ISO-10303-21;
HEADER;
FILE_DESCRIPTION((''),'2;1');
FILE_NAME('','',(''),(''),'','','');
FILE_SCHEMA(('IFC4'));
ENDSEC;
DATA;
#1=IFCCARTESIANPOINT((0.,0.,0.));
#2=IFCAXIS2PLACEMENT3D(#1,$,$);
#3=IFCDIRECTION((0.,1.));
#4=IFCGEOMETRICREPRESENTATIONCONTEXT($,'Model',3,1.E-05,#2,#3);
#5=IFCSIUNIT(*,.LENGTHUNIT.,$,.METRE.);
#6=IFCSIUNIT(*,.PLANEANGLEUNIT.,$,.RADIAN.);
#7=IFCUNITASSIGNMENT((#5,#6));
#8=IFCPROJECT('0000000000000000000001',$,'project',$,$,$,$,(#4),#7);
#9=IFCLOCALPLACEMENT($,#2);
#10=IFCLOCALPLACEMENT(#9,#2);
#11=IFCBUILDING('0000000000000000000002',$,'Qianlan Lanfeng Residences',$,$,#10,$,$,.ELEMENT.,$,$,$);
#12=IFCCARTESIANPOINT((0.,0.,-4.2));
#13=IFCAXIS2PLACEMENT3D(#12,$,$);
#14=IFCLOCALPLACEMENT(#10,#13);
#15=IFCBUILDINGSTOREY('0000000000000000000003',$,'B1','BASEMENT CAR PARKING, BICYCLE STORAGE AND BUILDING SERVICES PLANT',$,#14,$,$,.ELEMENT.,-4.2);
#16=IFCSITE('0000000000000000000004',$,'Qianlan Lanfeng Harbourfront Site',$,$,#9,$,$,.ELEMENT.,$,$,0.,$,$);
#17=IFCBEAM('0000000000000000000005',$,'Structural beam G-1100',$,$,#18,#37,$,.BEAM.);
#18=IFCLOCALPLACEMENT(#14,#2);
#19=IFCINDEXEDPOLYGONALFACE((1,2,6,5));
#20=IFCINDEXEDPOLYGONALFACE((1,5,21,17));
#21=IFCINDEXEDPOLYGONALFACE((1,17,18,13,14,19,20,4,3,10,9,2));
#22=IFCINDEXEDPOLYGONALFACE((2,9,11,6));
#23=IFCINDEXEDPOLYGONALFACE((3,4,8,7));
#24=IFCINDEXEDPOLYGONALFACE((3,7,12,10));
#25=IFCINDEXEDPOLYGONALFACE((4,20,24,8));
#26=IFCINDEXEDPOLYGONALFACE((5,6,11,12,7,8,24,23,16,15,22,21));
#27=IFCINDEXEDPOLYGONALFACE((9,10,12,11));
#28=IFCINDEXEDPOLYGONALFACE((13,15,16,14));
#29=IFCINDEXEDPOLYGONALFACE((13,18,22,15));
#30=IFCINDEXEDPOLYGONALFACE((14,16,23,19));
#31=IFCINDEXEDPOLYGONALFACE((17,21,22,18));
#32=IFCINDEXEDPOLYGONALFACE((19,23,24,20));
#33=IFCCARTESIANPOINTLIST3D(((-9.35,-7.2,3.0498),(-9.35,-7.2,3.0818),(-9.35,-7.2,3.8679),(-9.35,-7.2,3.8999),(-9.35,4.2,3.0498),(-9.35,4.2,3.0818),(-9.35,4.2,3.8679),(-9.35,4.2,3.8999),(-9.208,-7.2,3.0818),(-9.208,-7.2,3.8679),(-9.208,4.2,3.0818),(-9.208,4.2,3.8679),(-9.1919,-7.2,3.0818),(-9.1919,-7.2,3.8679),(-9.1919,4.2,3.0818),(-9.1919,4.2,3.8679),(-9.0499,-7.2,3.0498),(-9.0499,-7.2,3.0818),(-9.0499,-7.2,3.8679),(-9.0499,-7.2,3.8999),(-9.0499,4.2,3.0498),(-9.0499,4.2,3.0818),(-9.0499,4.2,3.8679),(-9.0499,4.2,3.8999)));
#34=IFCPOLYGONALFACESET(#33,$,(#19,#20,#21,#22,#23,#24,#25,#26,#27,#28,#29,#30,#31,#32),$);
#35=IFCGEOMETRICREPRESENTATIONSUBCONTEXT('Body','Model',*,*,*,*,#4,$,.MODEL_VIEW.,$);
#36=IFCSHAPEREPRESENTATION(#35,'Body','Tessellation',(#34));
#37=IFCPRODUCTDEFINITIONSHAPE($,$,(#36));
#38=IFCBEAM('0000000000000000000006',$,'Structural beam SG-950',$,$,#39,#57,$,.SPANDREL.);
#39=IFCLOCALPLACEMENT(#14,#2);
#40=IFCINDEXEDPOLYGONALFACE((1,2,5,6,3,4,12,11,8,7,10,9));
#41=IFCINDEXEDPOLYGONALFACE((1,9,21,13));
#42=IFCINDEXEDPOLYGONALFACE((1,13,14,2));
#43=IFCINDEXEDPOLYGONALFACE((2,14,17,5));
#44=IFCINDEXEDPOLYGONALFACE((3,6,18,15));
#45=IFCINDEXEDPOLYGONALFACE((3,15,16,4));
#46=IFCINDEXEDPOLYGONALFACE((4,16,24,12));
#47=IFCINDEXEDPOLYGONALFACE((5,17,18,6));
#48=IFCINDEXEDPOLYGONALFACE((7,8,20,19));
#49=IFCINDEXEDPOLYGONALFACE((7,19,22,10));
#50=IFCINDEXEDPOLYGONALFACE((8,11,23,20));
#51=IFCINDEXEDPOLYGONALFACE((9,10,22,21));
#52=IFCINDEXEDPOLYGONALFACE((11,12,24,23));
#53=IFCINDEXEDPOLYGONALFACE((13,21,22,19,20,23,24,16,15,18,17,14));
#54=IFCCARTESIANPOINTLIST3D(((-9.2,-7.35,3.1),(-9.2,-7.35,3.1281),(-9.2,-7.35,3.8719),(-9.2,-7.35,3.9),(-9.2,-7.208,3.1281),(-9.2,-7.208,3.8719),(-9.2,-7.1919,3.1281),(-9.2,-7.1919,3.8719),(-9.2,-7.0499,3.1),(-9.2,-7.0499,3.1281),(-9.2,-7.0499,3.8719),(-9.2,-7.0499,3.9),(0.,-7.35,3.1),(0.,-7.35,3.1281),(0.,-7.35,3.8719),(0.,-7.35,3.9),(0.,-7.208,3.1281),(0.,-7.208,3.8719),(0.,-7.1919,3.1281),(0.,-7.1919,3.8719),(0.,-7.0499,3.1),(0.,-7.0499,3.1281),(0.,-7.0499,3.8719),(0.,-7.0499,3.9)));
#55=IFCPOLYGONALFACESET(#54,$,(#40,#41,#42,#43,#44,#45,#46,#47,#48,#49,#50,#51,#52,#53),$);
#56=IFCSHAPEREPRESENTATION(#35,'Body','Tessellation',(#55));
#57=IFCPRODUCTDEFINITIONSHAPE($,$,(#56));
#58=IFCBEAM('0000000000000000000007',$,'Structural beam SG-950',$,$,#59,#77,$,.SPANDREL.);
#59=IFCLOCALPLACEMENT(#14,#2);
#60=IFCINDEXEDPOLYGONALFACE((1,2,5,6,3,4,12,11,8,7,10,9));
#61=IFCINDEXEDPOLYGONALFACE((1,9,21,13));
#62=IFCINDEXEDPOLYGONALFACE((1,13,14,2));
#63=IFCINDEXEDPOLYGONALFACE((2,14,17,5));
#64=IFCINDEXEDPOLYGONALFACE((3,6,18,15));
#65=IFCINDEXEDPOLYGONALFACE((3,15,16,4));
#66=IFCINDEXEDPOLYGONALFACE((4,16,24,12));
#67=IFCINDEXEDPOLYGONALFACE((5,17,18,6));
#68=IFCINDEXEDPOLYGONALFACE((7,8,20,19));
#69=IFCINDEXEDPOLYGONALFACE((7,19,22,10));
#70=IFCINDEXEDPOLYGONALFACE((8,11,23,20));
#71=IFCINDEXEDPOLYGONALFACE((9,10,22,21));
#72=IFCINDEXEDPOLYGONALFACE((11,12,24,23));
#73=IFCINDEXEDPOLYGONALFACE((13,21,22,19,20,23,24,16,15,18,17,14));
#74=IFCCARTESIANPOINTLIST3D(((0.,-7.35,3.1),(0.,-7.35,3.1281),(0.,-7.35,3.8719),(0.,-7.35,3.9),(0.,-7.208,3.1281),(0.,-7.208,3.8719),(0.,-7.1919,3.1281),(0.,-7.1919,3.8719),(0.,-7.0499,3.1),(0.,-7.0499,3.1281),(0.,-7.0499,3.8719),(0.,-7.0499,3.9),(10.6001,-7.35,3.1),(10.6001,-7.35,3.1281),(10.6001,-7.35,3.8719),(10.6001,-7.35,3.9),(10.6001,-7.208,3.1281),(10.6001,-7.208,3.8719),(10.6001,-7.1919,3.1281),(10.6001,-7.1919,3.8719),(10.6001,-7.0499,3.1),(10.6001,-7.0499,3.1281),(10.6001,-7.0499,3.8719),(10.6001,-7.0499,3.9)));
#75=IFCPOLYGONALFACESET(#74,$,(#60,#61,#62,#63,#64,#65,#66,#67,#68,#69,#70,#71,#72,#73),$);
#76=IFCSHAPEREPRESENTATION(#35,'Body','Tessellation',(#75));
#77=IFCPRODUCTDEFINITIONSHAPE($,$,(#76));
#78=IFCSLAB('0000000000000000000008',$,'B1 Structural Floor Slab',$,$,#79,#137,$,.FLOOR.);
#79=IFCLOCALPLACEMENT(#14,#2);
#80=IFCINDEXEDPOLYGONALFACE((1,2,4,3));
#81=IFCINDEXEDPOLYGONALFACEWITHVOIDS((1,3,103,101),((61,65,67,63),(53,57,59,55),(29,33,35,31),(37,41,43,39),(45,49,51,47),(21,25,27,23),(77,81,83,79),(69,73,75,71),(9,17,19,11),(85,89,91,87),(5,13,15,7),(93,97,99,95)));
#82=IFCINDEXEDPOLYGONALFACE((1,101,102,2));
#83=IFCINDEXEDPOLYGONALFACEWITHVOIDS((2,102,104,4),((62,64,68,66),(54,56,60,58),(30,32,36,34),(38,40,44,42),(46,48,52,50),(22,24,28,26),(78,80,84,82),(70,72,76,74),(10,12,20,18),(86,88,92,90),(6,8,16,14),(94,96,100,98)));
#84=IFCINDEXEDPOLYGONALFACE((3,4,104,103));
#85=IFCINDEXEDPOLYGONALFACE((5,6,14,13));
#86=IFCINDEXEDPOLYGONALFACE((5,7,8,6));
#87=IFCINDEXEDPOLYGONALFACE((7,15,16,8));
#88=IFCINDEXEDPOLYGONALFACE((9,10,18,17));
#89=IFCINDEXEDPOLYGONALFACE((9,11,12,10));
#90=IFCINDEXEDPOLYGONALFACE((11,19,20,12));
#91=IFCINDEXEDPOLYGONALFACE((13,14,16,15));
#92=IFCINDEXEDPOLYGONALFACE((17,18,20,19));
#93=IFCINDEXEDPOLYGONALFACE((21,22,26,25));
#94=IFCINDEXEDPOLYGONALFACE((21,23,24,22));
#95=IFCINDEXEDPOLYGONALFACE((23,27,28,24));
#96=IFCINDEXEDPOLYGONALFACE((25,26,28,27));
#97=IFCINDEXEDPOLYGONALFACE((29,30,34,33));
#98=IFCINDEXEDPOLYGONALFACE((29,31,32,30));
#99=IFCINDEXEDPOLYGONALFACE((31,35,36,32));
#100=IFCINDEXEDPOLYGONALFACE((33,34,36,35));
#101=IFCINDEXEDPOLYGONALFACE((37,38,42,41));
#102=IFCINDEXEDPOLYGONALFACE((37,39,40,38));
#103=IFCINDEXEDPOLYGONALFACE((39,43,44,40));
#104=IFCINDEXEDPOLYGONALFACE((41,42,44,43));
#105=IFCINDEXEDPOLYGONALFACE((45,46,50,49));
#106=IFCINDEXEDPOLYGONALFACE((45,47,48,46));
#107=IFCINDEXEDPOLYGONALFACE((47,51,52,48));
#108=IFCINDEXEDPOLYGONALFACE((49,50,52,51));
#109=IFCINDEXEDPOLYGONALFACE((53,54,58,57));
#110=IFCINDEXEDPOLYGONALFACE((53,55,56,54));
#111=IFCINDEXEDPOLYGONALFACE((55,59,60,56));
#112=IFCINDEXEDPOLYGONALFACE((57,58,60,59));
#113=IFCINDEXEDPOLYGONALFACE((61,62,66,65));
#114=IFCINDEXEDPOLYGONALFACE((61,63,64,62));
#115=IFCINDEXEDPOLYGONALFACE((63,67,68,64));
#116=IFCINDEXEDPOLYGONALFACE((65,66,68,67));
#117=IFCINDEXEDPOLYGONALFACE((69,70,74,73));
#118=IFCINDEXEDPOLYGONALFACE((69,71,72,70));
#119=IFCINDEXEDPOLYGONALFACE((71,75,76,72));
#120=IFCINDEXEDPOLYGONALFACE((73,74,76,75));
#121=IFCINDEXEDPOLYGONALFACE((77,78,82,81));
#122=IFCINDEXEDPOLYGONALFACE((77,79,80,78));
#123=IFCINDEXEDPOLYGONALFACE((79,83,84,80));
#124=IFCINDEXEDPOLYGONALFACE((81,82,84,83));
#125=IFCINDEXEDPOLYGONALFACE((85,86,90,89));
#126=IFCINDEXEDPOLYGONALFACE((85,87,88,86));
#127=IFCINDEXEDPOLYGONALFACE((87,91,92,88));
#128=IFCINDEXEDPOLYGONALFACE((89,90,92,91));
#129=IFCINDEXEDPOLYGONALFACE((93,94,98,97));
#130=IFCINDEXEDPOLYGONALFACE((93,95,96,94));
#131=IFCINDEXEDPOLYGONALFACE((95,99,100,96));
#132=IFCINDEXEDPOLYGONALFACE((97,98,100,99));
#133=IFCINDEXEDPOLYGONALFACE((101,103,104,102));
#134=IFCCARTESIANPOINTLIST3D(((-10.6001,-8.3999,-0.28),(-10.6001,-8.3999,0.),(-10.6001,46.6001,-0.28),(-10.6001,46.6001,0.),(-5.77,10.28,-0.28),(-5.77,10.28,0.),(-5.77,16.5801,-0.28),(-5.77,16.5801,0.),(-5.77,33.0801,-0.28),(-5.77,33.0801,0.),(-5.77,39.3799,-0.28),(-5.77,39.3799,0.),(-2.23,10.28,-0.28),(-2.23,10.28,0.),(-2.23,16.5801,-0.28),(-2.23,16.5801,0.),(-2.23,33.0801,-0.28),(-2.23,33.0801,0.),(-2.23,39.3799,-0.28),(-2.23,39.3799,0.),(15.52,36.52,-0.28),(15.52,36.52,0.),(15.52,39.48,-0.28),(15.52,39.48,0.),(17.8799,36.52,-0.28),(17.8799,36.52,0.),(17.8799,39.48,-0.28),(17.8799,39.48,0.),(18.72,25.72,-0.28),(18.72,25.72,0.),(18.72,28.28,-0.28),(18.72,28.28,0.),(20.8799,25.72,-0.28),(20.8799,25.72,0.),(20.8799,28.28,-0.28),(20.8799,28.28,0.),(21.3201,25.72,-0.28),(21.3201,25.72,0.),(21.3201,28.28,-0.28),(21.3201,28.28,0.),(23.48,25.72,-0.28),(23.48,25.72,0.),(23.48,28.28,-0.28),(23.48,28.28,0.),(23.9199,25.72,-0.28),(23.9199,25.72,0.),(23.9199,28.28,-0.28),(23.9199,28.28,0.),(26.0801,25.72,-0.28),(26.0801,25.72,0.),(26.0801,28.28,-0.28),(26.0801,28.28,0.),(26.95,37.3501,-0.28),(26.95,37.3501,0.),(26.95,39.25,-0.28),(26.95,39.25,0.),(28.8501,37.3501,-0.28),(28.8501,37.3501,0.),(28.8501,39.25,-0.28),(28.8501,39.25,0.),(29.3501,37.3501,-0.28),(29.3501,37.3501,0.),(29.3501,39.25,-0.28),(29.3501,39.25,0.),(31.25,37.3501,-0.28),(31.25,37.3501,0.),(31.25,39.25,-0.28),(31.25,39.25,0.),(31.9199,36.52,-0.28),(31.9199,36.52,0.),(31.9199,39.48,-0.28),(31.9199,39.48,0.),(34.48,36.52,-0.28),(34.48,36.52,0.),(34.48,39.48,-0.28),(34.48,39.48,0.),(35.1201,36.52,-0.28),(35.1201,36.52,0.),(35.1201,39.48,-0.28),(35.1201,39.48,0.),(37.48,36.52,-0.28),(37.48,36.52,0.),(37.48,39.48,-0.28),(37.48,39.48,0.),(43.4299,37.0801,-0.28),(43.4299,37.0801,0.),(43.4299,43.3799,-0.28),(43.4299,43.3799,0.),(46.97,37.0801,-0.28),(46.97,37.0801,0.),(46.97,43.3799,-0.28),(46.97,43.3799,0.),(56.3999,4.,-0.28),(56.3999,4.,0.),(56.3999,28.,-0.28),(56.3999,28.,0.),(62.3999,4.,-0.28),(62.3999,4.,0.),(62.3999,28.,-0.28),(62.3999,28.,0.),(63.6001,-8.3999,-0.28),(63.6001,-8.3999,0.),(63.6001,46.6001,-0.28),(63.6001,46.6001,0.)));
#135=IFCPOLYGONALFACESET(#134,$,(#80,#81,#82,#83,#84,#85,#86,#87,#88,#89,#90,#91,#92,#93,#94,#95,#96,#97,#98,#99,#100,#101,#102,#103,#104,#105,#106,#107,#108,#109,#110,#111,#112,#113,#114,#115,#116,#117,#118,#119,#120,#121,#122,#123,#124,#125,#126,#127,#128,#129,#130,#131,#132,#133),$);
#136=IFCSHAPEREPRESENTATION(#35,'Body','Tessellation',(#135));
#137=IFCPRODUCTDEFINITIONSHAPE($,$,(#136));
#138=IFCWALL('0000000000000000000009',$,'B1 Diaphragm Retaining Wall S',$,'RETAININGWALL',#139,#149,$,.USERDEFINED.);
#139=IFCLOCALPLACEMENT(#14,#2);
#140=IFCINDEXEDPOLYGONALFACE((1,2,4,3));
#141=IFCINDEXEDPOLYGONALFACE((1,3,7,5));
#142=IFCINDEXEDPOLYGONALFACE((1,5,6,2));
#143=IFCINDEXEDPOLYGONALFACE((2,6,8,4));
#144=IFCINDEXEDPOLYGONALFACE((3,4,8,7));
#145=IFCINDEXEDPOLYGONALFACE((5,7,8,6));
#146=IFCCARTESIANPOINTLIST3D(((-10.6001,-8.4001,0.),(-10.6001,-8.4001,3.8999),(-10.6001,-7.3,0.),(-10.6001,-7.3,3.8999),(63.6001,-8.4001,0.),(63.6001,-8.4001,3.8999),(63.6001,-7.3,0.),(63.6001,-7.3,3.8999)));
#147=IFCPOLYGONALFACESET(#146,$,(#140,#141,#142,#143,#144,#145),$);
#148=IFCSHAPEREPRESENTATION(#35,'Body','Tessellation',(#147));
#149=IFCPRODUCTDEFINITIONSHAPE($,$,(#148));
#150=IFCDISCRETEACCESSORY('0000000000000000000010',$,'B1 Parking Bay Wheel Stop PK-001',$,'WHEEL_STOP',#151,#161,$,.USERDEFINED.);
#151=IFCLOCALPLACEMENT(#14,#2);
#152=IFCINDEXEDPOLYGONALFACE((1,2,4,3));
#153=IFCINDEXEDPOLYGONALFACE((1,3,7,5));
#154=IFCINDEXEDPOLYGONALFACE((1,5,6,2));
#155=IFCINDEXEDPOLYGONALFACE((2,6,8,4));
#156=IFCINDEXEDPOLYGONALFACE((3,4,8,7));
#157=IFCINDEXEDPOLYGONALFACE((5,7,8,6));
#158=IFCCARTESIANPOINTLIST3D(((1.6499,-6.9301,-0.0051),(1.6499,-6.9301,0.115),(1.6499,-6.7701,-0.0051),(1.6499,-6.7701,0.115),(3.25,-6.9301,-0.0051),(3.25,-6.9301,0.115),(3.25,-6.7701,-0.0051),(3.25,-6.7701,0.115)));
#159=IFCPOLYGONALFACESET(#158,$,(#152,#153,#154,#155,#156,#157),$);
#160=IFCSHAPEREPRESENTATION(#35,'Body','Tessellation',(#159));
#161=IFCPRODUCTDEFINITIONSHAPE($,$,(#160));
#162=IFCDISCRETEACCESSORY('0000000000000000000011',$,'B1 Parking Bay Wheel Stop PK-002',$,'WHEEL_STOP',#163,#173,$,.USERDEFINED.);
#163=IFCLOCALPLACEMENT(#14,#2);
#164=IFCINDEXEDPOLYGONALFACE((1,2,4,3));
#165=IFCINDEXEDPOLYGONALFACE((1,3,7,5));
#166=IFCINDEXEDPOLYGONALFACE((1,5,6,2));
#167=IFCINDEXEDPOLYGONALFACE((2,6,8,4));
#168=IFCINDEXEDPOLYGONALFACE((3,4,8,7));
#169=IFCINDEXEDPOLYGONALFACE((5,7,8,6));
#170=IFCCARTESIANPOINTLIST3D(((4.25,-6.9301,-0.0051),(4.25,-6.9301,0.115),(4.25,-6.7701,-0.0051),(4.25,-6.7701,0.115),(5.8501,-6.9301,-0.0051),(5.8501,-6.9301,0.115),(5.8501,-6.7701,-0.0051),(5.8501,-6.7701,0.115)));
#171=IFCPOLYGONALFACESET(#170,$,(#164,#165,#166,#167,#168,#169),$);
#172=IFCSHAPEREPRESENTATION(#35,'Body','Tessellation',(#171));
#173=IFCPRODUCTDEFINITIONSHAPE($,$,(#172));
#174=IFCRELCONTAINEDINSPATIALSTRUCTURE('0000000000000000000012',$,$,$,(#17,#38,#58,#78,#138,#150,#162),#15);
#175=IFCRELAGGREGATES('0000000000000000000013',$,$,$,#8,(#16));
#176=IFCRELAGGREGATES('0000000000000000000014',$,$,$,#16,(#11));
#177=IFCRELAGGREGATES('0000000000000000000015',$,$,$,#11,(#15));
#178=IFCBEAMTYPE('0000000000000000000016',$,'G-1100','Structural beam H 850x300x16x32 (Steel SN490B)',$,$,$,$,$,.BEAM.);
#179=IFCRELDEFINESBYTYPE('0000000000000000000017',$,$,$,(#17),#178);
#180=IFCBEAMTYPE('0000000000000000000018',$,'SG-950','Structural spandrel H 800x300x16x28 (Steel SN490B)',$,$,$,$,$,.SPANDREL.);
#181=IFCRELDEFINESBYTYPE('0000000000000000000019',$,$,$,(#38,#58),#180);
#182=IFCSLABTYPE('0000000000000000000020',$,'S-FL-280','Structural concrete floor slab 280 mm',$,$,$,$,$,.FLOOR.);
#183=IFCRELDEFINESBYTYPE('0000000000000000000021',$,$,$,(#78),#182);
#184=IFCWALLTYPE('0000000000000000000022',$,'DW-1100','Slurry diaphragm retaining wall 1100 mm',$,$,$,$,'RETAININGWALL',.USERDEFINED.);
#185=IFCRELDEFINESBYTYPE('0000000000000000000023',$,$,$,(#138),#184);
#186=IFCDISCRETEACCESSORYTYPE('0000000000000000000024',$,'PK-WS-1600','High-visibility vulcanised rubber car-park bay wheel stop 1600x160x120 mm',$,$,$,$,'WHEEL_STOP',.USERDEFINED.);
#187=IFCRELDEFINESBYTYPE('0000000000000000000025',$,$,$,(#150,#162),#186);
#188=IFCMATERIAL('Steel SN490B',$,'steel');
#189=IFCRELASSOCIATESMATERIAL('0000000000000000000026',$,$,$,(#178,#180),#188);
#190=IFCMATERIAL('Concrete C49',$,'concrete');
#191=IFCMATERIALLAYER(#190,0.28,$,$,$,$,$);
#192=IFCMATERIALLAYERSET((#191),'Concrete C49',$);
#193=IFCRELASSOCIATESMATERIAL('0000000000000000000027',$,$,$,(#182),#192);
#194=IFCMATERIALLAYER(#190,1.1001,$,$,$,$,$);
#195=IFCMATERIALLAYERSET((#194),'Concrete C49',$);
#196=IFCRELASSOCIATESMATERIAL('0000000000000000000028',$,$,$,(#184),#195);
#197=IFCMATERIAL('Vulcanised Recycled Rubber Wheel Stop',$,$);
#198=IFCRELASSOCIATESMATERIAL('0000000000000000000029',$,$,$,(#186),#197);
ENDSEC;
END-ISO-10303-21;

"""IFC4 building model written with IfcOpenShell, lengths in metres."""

from ifc_helpers import new_model, si_unit, direction, frame, frame_2d, origin, origin_2d, place, context, subcontext, project, spatial, polyline, rectangle, i_section, outline, extrude, source, transform, mapped, material, layer, layer_set, material_profile, profile_set, type_object, element, save


model = new_model("IFC4")

# Units and contexts
model_context = context("Model", 3, precision=1e-05, world=origin(), true_north=direction((0.0, 1.0)))
body_context = subcontext(model_context, "Body", "Model", "MODEL_VIEW")
ifc_project = project(units=[si_unit("LENGTHUNIT", "METRE"), si_unit("PLANEANGLEUNIT", "RADIAN")], contexts=[model_context])

# Site, building, storey
site_placement = place(None, origin())
site = spatial("IfcSite", under=ifc_project, at=site_placement, Name="Qianlan Lanfeng Harbourfront Site", CompositionType="ELEMENT", RefElevation=0.0)
building_placement = place(site_placement, origin())
building = spatial("IfcBuilding", under=site, at=building_placement, Name="Qianlan Lanfeng Residences", CompositionType="ELEMENT")
storey_placement = place(building_placement, frame((0.0, 0.0, -4.2)))
storey = spatial("IfcBuildingStorey", under=building, at=storey_placement, Name="B1", Description="BASEMENT CAR PARKING, BICYCLE STORAGE AND BUILDING SERVICES PLANT", CompositionType="ELEMENT", Elevation=-4.2)

# Shared definitions
ifc_material_1 = material(Name="Concrete C49", Category="concrete")

# Beams
ifc_material_2 = material(Name="Steel SN490B", Category="steel")
ifc_material_profile_1 = material_profile(ifc_material_2, i_section(OverallWidth=0.3, OverallDepth=0.8501, WebThickness=0.0161, FlangeThickness=0.032, at=origin_2d()), Name="H 850x300x16x32")
ifc_profile_set_1 = profile_set([ifc_material_profile_1], Name="Steel SN490B")
beam_type_1 = type_object("IfcBeamType", Name="G-1100", Description="Structural beam H 850x300x16x32 (Steel SN490B)", PredefinedType="BEAM", material=ifc_profile_set_1)
beam_1_placement = place(storey_placement, frame((-9.2, -7.2, 3.4749), z_axis=(0.0, 1.0, 0.0), x_axis=(-1.0, 0.0, 0.0)))
element("IfcBeam", 1, at=beam_1_placement, inside=storey, type_object=beam_type_1, Name="Structural beam G-1100", PredefinedType="BEAM", context=body_context, shape_type="SweptSolid", body=[
    extrude(i_section(OverallWidth=0.3, OverallDepth=0.8501, WebThickness=0.0161, FlangeThickness=0.032, at=origin_2d()), origin(), (0.0, 0.0, 1.0), 11.3999),
])
ifc_material_profile_2 = material_profile(ifc_material_2, i_section(OverallWidth=0.3, OverallDepth=0.8, WebThickness=0.0161, FlangeThickness=0.0281, at=origin_2d()), Name="H 800x300x16x28")
ifc_profile_set_2 = profile_set([ifc_material_profile_2], Name="Steel SN490B")
beam_type_2 = type_object("IfcBeamType", Name="SG-950", Description="Structural spandrel H 800x300x16x28 (Steel SN490B)", PredefinedType="SPANDREL", material=ifc_profile_set_2)
beam_2_placement = place(storey_placement, frame((-9.2, -7.2, 3.5), z_axis=(1.0, 0.0, 0.0), x_axis=(0.0, 1.0, 0.0)))
element("IfcBeam", 2, at=beam_2_placement, inside=storey, type_object=beam_type_2, Name="Structural beam SG-950", PredefinedType="SPANDREL", context=body_context, shape_type="SweptSolid", body=[
    extrude(i_section(OverallWidth=0.3, OverallDepth=0.8, WebThickness=0.0161, FlangeThickness=0.0281, at=origin_2d()), origin(), (0.0, 0.0, 1.0), 9.2),
])
beam_3_placement = place(storey_placement, frame((0.0, -7.2, 3.5), z_axis=(1.0, 0.0, 0.0), x_axis=(0.0, 1.0, 0.0)))
element("IfcBeam", 3, at=beam_3_placement, inside=storey, type_object=beam_type_2, Name="Structural beam SG-950", PredefinedType="SPANDREL", context=body_context, shape_type="SweptSolid", body=[
    extrude(i_section(OverallWidth=0.3, OverallDepth=0.8, WebThickness=0.0161, FlangeThickness=0.0281, at=origin_2d()), origin(), (0.0, 0.0, 1.0), 10.6001),
])

# Slab
ifc_layer_1 = layer(ifc_material_1, 0.28)
ifc_layer_set_1 = layer_set([ifc_layer_1], Name="Concrete C49")
slab_type = type_object("IfcSlabType", Name="S-FL-280", Description="Structural concrete floor slab 280 mm", PredefinedType="FLOOR", material=ifc_layer_set_1)
slab_placement = place(storey_placement, frame((0.0, 0.0, -0.28)))
element("IfcSlab", 4, at=slab_placement, inside=storey, type_object=slab_type, Name="B1 Structural Floor Slab", PredefinedType="FLOOR", context=body_context, shape_type="SweptSolid", body=[
    extrude(outline(polyline([(-10.6001, -8.3999), (63.6001, -8.3999), (63.6001, 46.6001), (-10.6001, 46.6001), (-10.6001, -8.3999)]), holes=[polyline([(-5.77, 33.0801), (-5.77, 39.3799), (-2.23, 39.3799), (-2.23, 33.0801), (-5.77, 33.0801)]), polyline([(43.4299, 37.0801), (43.4299, 43.3799), (46.97, 43.3799), (46.97, 37.0801), (43.4299, 37.0801)]), polyline([(-5.77, 10.28), (-5.77, 16.5801), (-2.23, 16.5801), (-2.23, 10.28), (-5.77, 10.28)]), polyline([(15.52, 36.52), (15.52, 39.48), (17.8799, 39.48), (17.8799, 36.52), (15.52, 36.52)]), polyline([(35.1201, 36.52), (35.1201, 39.48), (37.48, 39.48), (37.48, 36.52), (35.1201, 36.52)]), polyline([(31.9199, 36.52), (31.9199, 39.48), (34.48, 39.48), (34.48, 36.52), (31.9199, 36.52)]), polyline([(18.72, 25.72), (18.72, 28.28), (20.8799, 28.28), (20.8799, 25.72), (18.72, 25.72)]), polyline([(21.3201, 25.72), (21.3201, 28.28), (23.48, 28.28), (23.48, 25.72), (21.3201, 25.72)]), polyline([(23.9199, 25.72), (23.9199, 28.28), (26.0801, 28.28), (26.0801, 25.72), (23.9199, 25.72)]), polyline([(26.95, 37.3501), (26.95, 39.25), (28.8501, 39.25), (28.8501, 37.3501), (26.95, 37.3501)]), polyline([(29.3501, 37.3501), (29.3501, 39.25), (31.25, 39.25), (31.25, 37.3501), (29.3501, 37.3501)]), polyline([(56.3999, 4.0), (56.3999, 28.0), (62.3999, 28.0), (62.3999, 4.0), (56.3999, 4.0)])]), origin(), (0.0, 0.0, 1.0), 0.28),
])

# Wall
ifc_layer_2 = layer(ifc_material_1, 1.1001)
ifc_layer_set_2 = layer_set([ifc_layer_2], Name="Concrete C49")
wall_type = type_object("IfcWallType", Name="DW-1100", Description="Slurry diaphragm retaining wall 1100 mm", ElementType="RETAININGWALL", PredefinedType="USERDEFINED", material=ifc_layer_set_2)
wall_placement = place(storey_placement, frame((-10.6001, -7.8501, 0.0), z_axis=(0.0, 0.0, 1.0), x_axis=(1.0, 0.0, 0.0)))
element("IfcWall", 5, at=wall_placement, inside=storey, type_object=wall_type, Name="B1 Diaphragm Retaining Wall S", ObjectType="RETAININGWALL", PredefinedType="USERDEFINED", context=body_context, shape_type="SweptSolid", body=[
    extrude(rectangle(XDim=74.2002, YDim=1.1001, at=frame_2d((37.1001, 0.0))), origin(), (0.0, 0.0, 1.0), 3.8999),
])

# Discrete accessories
ifc_material_3 = material(Name="Vulcanised Recycled Rubber Wheel Stop")
discrete_accessory_type = type_object("IfcDiscreteAccessoryType", Name="PK-WS-1600", Description="High-visibility vulcanised rubber car-park bay wheel stop 1600x160x120 mm", ElementType="WHEEL_STOP", PredefinedType="USERDEFINED", material=ifc_material_3)
shared_shape = source(origin(), body_context, "Body", "SweptSolid", [
    extrude(rectangle(XDim=1.6001, YDim=0.1599, at=origin_2d()), origin(), (0.0, 0.0, 1.0), 0.1201),
])
for number, where, z_axis, x_axis, name in (
    (6, (2.45, -6.8501, -0.0051), (0.0, 0.0, 1.0), (1.0, 0.0, 0.0), "B1 Parking Bay Wheel Stop PK-001"),
    (7, (5.05, -6.8501, -0.0051), (0.0, 0.0, 1.0), (1.0, 0.0, 0.0), "B1 Parking Bay Wheel Stop PK-002"),
):
    element("IfcDiscreteAccessory", number, at=place(storey_placement, frame(where, z_axis=z_axis, x_axis=x_axis)), inside=storey, type_object=discrete_accessory_type, Name=name, ObjectType="WHEEL_STOP", PredefinedType="USERDEFINED", context=body_context, shape_type="MappedRepresentation", body=[
        mapped(shared_shape, transform((0.0, 0.0, 0.0), scale=1.0)),
    ])

save(model, "model.ifc")
